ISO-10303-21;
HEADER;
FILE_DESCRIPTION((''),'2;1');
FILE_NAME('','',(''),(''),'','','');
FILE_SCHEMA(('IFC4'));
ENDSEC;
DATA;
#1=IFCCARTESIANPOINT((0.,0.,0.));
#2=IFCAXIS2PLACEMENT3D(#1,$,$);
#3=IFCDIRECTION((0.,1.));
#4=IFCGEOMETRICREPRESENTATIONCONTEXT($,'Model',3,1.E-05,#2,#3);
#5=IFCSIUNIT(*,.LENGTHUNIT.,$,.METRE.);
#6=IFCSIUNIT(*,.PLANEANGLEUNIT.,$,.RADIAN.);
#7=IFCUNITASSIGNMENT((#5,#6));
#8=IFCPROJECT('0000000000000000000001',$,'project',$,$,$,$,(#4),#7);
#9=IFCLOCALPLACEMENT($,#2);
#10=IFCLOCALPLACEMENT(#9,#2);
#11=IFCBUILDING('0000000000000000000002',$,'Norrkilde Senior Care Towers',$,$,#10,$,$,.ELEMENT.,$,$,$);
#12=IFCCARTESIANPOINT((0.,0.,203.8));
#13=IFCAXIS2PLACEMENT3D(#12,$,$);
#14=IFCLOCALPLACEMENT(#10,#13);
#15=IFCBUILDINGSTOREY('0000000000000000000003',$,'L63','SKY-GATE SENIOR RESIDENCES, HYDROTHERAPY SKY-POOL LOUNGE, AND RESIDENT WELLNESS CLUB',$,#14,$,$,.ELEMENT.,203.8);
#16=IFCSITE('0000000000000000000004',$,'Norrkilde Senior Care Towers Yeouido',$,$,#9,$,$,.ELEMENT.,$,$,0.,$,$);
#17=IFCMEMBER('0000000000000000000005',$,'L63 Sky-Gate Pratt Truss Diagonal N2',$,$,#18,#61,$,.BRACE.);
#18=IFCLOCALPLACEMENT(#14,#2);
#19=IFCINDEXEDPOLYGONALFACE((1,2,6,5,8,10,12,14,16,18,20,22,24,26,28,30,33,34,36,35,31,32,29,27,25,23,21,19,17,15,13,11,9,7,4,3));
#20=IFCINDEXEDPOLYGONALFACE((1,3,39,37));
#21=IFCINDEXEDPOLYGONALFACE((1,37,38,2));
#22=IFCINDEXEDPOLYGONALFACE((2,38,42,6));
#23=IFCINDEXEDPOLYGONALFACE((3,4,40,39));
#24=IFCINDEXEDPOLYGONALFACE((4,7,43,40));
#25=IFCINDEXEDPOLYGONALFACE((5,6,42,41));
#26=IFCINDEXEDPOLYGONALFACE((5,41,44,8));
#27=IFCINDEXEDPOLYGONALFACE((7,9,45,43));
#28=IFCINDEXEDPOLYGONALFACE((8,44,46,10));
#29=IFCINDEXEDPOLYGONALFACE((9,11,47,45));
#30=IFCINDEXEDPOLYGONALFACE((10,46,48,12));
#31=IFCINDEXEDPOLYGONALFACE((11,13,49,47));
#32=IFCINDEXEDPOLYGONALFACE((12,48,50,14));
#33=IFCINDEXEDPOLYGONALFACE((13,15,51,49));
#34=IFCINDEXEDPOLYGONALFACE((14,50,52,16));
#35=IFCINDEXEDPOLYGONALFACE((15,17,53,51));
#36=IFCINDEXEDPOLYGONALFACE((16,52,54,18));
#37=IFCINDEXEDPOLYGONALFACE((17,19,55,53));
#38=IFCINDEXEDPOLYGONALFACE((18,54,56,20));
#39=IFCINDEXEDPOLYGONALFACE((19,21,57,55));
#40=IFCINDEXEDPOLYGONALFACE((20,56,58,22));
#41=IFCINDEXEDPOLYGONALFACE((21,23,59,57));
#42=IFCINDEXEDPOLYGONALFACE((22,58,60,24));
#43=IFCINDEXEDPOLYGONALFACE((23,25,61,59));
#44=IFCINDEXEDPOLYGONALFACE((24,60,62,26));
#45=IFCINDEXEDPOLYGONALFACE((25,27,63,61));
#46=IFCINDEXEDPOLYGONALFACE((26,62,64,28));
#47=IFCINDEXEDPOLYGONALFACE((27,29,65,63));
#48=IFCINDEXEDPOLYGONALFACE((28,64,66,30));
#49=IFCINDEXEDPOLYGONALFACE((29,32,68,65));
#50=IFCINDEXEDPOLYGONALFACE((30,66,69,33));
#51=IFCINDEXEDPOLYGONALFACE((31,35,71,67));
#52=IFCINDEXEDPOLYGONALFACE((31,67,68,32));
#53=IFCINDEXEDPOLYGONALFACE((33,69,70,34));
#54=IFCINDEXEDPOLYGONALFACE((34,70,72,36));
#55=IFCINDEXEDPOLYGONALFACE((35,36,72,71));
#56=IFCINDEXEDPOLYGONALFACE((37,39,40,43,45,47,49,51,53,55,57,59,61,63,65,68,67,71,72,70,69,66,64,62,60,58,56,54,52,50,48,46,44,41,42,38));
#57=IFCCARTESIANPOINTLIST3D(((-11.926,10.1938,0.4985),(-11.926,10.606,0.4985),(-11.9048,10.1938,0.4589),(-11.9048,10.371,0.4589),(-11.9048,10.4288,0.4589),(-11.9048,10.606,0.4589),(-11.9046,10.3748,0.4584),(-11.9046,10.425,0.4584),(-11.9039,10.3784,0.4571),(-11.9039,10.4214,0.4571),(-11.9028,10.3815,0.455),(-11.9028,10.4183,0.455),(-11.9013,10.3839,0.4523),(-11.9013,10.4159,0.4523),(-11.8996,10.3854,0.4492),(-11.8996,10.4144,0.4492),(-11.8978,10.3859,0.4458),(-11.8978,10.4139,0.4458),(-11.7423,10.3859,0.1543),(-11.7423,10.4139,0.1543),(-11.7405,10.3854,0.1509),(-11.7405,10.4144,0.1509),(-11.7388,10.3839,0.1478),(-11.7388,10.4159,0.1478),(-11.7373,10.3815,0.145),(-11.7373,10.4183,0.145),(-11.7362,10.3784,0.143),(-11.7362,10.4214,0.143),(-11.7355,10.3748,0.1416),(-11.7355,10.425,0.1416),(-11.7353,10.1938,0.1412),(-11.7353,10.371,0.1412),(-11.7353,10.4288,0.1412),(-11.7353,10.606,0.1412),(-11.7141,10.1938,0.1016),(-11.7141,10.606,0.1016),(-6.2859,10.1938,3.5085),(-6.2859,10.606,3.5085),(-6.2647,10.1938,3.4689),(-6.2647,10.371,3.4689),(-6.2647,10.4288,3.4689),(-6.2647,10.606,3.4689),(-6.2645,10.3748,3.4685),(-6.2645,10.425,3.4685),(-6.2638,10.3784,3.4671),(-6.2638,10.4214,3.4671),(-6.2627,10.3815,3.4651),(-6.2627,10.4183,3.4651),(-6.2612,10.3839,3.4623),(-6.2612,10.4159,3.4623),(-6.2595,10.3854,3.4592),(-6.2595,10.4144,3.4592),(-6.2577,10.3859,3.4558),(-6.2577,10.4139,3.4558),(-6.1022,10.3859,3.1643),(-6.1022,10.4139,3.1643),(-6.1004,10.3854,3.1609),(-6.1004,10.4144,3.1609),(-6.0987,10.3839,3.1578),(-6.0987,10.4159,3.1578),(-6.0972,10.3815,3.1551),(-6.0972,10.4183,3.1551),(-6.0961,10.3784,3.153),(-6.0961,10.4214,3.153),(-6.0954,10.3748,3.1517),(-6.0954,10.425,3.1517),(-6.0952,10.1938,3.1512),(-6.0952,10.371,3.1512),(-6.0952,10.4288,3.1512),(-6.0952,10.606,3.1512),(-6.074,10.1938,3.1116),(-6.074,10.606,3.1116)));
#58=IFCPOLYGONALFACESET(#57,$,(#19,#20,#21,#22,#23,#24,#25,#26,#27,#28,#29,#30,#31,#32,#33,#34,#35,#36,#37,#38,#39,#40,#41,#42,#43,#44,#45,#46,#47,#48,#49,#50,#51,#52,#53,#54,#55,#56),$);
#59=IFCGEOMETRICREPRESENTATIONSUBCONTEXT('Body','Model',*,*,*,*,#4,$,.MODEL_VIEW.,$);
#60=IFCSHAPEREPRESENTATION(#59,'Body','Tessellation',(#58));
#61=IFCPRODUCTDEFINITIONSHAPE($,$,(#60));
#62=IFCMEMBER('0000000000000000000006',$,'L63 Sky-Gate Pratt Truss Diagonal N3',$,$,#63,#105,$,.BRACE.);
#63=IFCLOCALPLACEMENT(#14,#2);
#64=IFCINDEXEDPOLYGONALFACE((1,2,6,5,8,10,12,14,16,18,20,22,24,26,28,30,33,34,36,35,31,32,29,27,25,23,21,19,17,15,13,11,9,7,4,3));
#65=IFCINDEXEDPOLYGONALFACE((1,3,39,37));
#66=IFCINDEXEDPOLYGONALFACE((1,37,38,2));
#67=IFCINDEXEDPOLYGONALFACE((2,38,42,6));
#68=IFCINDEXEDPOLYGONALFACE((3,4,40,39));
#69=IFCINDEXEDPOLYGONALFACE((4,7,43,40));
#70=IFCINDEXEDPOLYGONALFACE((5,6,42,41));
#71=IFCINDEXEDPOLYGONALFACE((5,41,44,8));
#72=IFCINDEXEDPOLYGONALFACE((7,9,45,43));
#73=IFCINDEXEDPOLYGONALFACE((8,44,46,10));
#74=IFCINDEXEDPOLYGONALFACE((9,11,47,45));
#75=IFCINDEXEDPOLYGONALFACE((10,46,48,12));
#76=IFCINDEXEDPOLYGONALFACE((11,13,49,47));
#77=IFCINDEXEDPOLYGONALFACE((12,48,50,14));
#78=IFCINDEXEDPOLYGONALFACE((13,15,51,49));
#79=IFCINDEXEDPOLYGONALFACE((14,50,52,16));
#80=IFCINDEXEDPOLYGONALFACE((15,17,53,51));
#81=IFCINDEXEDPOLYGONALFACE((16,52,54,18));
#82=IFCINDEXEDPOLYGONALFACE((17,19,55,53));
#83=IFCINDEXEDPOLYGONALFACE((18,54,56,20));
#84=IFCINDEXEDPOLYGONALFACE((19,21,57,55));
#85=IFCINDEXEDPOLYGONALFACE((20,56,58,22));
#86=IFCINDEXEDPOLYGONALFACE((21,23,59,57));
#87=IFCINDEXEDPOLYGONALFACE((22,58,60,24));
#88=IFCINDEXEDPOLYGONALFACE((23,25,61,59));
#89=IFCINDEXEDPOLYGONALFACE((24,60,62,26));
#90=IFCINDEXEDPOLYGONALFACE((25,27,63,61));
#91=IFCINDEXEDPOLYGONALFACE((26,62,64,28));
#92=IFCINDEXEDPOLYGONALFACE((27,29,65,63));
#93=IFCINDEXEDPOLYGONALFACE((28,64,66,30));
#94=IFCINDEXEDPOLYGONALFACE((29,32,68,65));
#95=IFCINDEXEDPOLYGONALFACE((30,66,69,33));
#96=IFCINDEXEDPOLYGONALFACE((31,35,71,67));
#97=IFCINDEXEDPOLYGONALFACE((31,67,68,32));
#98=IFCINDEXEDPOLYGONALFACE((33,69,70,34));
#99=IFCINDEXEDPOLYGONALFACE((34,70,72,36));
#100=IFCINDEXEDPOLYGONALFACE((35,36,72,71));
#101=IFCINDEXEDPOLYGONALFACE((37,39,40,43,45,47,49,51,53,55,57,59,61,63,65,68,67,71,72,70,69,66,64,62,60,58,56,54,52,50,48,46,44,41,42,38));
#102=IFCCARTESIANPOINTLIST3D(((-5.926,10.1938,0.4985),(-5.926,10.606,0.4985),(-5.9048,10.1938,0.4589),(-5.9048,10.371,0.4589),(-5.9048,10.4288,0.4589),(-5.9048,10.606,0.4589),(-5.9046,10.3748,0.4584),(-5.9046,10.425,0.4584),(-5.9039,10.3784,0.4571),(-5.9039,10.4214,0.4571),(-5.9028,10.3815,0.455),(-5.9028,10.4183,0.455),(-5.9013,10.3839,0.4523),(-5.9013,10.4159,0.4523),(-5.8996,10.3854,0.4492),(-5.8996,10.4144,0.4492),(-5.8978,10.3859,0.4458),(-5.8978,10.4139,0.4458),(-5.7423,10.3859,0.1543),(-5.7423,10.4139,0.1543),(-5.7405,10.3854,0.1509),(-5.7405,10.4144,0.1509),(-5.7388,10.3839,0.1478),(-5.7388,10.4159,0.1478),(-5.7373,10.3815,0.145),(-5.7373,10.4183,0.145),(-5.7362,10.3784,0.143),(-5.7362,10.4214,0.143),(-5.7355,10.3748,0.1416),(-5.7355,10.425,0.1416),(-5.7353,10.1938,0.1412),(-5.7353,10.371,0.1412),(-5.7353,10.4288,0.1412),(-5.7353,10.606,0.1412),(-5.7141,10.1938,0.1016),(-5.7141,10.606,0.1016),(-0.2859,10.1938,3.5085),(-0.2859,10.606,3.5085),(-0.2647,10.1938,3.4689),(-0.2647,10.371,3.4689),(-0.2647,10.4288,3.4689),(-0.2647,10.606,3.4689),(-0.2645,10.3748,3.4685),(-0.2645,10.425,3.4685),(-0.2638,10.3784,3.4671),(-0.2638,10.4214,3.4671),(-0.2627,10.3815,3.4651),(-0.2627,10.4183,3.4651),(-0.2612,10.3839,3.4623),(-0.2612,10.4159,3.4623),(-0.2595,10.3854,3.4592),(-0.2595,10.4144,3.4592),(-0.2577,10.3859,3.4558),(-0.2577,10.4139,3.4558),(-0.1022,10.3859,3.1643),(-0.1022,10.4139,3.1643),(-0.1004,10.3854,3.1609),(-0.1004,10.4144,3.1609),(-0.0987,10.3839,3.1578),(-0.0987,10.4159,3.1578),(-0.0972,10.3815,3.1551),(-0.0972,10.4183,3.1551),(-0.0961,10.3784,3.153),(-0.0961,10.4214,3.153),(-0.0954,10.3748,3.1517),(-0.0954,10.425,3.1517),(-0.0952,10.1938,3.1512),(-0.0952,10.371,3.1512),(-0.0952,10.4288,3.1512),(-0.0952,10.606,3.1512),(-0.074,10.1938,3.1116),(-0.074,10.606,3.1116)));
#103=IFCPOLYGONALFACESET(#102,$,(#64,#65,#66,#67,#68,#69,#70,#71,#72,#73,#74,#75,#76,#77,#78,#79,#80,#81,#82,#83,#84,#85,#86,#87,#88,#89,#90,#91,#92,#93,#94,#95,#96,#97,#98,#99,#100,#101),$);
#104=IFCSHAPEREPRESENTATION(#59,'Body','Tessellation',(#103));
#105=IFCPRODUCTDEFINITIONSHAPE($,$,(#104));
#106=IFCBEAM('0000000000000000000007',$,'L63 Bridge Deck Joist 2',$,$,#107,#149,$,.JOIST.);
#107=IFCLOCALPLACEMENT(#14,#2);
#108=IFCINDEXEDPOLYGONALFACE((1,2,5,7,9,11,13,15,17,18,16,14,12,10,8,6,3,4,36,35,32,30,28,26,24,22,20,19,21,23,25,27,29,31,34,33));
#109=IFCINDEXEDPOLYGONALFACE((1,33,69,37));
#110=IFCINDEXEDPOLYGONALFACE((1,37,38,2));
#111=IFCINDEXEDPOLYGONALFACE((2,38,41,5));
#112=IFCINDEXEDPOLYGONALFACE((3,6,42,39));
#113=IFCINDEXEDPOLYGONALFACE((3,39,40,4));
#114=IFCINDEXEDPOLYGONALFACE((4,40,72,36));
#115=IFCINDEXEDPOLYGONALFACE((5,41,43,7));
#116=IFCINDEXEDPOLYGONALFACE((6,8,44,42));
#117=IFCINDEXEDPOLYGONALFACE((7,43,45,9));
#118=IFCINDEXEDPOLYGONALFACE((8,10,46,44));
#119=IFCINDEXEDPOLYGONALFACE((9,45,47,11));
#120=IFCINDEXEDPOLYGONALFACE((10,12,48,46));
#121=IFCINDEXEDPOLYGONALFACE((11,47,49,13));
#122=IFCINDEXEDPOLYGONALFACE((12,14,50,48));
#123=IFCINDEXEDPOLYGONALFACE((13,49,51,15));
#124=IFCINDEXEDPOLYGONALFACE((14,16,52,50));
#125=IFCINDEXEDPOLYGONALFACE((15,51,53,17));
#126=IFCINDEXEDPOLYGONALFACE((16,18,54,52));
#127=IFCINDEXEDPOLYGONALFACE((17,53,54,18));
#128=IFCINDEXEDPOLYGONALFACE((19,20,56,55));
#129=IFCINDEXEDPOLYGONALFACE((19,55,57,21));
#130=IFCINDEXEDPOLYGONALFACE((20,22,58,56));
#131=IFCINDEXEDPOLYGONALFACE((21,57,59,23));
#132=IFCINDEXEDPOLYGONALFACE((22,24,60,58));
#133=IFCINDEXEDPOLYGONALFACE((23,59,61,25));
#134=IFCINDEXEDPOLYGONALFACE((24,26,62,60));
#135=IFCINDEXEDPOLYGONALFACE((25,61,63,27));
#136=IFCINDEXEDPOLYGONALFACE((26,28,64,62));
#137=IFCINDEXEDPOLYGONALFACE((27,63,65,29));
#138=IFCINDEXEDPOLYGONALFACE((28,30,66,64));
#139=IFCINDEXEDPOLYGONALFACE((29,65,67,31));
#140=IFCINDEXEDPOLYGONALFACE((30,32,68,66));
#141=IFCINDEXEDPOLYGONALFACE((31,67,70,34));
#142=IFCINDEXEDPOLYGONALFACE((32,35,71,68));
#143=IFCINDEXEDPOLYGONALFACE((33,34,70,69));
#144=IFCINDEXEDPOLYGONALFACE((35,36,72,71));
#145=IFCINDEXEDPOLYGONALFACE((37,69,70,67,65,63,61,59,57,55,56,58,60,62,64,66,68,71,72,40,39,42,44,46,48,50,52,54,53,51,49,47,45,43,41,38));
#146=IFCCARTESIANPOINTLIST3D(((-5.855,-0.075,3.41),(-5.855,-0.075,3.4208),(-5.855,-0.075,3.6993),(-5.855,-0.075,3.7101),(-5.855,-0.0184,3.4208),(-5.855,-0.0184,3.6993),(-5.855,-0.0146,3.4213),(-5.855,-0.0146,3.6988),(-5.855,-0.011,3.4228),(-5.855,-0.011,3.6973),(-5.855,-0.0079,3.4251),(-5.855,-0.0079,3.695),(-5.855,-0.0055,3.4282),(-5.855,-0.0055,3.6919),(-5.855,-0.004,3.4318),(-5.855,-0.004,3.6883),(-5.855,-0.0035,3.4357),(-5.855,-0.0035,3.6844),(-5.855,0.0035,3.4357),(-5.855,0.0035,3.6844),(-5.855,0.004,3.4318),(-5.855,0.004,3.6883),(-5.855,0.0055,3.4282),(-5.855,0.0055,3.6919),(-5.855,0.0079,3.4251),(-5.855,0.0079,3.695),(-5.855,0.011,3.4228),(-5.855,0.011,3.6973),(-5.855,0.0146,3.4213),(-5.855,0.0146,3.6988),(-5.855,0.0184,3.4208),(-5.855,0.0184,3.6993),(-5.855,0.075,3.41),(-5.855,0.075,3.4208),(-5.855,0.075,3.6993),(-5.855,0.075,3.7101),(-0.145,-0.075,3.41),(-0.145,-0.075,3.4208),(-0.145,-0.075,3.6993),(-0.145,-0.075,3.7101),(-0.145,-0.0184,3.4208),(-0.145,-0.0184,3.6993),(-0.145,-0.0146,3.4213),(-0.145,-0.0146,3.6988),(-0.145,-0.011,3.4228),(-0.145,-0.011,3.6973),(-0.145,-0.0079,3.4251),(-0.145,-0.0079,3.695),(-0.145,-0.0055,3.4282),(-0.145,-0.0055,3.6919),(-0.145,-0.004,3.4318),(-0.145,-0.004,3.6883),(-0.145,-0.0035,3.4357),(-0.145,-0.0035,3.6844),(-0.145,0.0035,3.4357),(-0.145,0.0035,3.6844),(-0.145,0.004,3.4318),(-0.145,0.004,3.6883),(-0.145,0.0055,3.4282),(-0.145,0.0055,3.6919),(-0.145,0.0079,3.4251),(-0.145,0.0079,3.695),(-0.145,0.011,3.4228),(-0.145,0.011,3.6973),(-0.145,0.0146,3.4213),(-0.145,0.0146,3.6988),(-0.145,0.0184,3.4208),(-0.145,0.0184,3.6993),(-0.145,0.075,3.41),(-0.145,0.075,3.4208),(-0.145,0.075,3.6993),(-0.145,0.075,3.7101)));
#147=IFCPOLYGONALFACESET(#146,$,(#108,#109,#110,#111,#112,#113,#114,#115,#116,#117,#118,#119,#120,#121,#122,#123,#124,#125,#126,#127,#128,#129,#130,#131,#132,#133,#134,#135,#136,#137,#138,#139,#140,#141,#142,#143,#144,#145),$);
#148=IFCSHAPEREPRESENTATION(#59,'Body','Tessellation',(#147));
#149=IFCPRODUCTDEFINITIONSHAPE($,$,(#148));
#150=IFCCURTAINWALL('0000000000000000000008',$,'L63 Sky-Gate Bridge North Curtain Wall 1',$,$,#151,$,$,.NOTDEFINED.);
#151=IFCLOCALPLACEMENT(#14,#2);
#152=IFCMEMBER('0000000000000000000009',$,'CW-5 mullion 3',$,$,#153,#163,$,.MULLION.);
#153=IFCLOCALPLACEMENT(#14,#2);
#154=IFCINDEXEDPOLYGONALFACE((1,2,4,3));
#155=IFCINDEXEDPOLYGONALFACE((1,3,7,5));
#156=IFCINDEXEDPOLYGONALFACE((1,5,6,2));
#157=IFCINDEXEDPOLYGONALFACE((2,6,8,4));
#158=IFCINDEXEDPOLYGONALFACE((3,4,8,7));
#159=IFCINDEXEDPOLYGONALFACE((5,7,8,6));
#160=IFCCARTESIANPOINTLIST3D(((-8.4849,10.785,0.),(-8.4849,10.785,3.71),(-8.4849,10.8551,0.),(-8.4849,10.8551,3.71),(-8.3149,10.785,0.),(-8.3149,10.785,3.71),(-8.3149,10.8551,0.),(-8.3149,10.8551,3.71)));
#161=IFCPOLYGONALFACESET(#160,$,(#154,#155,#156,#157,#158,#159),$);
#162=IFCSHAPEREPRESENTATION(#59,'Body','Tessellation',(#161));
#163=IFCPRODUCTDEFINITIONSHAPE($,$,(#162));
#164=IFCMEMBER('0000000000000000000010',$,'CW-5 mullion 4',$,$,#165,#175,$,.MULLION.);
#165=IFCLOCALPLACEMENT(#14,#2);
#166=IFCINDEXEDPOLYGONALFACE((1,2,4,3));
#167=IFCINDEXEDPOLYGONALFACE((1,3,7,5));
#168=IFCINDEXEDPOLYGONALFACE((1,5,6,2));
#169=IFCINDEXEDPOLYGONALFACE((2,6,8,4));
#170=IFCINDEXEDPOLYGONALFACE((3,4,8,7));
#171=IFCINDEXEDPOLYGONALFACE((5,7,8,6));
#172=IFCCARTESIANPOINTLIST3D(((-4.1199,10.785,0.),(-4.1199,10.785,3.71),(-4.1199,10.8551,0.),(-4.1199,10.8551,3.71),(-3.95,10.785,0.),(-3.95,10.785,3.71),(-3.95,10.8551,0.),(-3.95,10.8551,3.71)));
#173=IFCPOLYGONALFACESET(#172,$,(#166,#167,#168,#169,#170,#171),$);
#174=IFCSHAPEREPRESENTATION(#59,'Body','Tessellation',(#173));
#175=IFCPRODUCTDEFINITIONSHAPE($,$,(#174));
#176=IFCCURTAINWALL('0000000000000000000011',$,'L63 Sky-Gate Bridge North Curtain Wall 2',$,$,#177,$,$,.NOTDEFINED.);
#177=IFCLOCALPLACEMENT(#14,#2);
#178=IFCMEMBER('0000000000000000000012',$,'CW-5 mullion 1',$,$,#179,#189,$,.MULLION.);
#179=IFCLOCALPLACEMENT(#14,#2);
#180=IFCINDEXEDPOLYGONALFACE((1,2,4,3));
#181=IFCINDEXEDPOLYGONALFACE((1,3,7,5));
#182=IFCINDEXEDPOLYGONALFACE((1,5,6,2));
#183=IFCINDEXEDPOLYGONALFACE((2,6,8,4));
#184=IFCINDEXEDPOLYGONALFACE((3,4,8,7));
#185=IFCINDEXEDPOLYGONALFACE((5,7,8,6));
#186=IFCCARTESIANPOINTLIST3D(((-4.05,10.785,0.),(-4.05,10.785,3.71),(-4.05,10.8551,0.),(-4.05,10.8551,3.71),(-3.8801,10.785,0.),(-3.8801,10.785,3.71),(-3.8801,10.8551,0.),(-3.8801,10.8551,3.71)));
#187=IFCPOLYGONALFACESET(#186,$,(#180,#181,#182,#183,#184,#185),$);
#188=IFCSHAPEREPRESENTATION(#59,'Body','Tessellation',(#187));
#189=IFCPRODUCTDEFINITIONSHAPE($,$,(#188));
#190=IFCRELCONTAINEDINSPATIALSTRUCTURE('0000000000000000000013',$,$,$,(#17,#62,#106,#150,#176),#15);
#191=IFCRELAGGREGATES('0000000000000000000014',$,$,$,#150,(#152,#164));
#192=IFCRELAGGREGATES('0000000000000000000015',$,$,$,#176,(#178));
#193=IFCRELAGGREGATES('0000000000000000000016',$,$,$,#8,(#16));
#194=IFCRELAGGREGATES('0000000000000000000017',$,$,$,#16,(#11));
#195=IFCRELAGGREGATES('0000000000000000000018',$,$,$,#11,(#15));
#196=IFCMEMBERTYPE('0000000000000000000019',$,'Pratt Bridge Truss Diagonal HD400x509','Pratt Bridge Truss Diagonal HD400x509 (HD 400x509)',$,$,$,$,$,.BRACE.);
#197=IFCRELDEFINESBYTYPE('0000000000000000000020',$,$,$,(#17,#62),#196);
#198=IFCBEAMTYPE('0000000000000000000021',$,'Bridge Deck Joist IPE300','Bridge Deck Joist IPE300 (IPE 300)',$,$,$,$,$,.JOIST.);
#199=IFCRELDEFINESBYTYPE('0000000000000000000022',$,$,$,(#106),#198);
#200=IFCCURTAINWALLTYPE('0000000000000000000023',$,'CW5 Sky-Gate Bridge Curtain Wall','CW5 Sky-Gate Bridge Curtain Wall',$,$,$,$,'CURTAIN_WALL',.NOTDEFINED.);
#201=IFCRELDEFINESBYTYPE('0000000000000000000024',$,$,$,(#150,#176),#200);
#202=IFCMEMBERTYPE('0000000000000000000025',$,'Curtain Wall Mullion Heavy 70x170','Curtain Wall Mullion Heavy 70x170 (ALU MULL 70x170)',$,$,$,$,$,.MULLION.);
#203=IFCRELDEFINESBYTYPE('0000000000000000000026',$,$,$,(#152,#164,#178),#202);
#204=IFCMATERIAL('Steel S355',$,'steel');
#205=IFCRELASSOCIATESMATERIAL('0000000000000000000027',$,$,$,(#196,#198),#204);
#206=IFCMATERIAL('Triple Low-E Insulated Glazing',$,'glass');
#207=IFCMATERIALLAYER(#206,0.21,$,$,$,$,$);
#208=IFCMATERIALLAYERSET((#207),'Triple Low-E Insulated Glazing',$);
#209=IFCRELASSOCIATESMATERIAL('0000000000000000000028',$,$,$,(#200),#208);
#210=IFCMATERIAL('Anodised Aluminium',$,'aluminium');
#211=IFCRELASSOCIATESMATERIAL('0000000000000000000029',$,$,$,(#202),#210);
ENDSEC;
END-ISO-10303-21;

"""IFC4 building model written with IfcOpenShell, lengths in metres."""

from ifc_helpers import new_model, si_unit, direction, frame, origin, origin_2d, place, context, subcontext, project, spatial, rectangle, i_section, extrude, source, transform, mapped, material, layer, layer_set, material_profile, profile_set, type_object, type_shapes, element, aggregate, save


model = new_model("IFC4")

# Units and contexts
model_context = context("Model", 3, precision=1e-05, world=origin(), true_north=direction((0.0, 1.0)))
body_context = subcontext(model_context, "Body", "Model", "MODEL_VIEW")
ifc_project = project(units=[si_unit("LENGTHUNIT", "METRE"), si_unit("PLANEANGLEUNIT", "RADIAN")], contexts=[model_context])

# Site, building, storey
site_placement = place(None, origin())
site = spatial("IfcSite", under=ifc_project, at=site_placement, Name="Norrkilde Senior Care Towers Yeouido", CompositionType="ELEMENT", RefElevation=0.0)
building_placement = place(site_placement, origin())
building = spatial("IfcBuilding", under=site, at=building_placement, Name="Norrkilde Senior Care Towers", CompositionType="ELEMENT")
storey_placement = place(building_placement, frame((0.0, 0.0, 203.8)))
storey = spatial("IfcBuildingStorey", under=building, at=storey_placement, Name="L63", Description="SKY-GATE SENIOR RESIDENCES, HYDROTHERAPY SKY-POOL LOUNGE, AND RESIDENT WELLNESS CLUB", CompositionType="ELEMENT", Elevation=203.8)

# Shared definitions
ifc_material_1 = material(Name="Steel S355", Category="steel")

# Members
ifc_material_profile_1 = material_profile(ifc_material_1, i_section(OverallWidth=0.4121, OverallDepth=0.45, WebThickness=0.0281, FlangeThickness=0.0449, FilletRadius=0.0149, at=origin_2d()), Name="HD 400x509")
ifc_profile_set_1 = profile_set([ifc_material_profile_1], Name="Steel S355")
member_type_1 = type_object("IfcMemberType", Name="Pratt Bridge Truss Diagonal HD400x509", Description="Pratt Bridge Truss Diagonal HD400x509 (HD 400x509)", PredefinedType="BRACE", material=ifc_profile_set_1)
shared_shape_1 = source(origin(), body_context, "Body", "SweptSolid", [
    extrude(i_section(OverallWidth=0.4121, OverallDepth=0.45, WebThickness=0.0281, FlangeThickness=0.0449, FilletRadius=0.0149, at=origin_2d()), origin(), (0.0, 0.0, 1.0), 6.3931),
])
type_shapes(member_type_1, [shared_shape_1])
for number, where, z_axis, x_axis, name in (
    (1, (-11.8201, 10.3999, 0.3), (0.882227, 0.0, 0.470824), (0.0, 1.0, 0.0), "L63 Sky-Gate Pratt Truss Diagonal N2"),
    (2, (-5.8201, 10.3999, 0.3), (0.882227, 0.0, 0.470824), (0.0, 1.0, 0.0), "L63 Sky-Gate Pratt Truss Diagonal N3"),
):
    element("IfcMember", number, at=place(storey_placement, frame(where, z_axis=z_axis, x_axis=x_axis)), inside=storey, type_object=member_type_1, Name=name, PredefinedType="BRACE", context=body_context, shape_type="MappedRepresentation", body=[
        mapped(shared_shape_1, transform((0.0, 0.0, 0.0), x_axis=(1.0, 0.0, 0.0), y_axis=(0.0, 1.0, 0.0), z_axis=(0.0, 0.0, 1.0), scale=1.0)),
    ])

# Beam
ifc_material_profile_2 = material_profile(ifc_material_1, i_section(OverallWidth=0.1499, OverallDepth=0.3, WebThickness=0.0071, FlangeThickness=0.0107, FilletRadius=0.0149, at=origin_2d()), Name="IPE 300")
ifc_profile_set_2 = profile_set([ifc_material_profile_2], Name="Steel S355")
beam_type_1 = type_object("IfcBeamType", Name="Bridge Deck Joist IPE300", Description="Bridge Deck Joist IPE300 (IPE 300)", PredefinedType="JOIST", material=ifc_profile_set_2)
shared_shape_2 = source(origin(), body_context, "Body", "SweptSolid", [
    extrude(i_section(OverallWidth=0.1499, OverallDepth=0.3, WebThickness=0.0071, FlangeThickness=0.0107, FilletRadius=0.0149, at=origin_2d()), origin(), (0.0, 0.0, 1.0), 5.71),
])
type_shapes(beam_type_1, [shared_shape_2])
beam_placement = place(storey_placement, frame((-5.855, 0.0, 3.5601), z_axis=(1.0, 0.0, 0.0), x_axis=(0.0, 1.0, 0.0)))
element("IfcBeam", 3, at=beam_placement, inside=storey, type_object=beam_type_1, Name="L63 Bridge Deck Joist 2", PredefinedType="JOIST", context=body_context, shape_type="MappedRepresentation", body=[
    mapped(shared_shape_2, transform((0.0, 0.0, 0.0), x_axis=(1.0, 0.0, 0.0), y_axis=(0.0, 1.0, 0.0), z_axis=(0.0, 0.0, 1.0), scale=1.0)),
])

# Curtain walls, members
ifc_material_2 = material(Name="Triple Low-E Insulated Glazing", Category="glass")
ifc_layer_1 = layer(ifc_material_2, 0.21)
ifc_layer_set_1 = layer_set([ifc_layer_1], Name="Triple Low-E Insulated Glazing")
curtain_wall_type = type_object("IfcCurtainWallType", Name="CW5 Sky-Gate Bridge Curtain Wall", Description="CW5 Sky-Gate Bridge Curtain Wall", ElementType="CURTAIN_WALL", PredefinedType="NOTDEFINED", material=ifc_layer_set_1)
curtain_wall_1_placement = place(storey_placement, origin())
curtain_wall_1 = element("IfcCurtainWall", 4, at=curtain_wall_1_placement, inside=storey, type_object=curtain_wall_type, Name="L63 Sky-Gate Bridge North Curtain Wall 1", PredefinedType="NOTDEFINED")
ifc_material_3 = material(Name="Anodised Aluminium", Category="aluminium")
ifc_material_profile_3 = material_profile(ifc_material_3, rectangle(XDim=0.0701, YDim=0.1699, at=origin_2d()), Name="ALU MULL 70x170")
ifc_profile_set_3 = profile_set([ifc_material_profile_3], Name="Anodised Aluminium")
member_type_2 = type_object("IfcMemberType", Name="Curtain Wall Mullion Heavy 70x170", Description="Curtain Wall Mullion Heavy 70x170 (ALU MULL 70x170)", PredefinedType="MULLION", material=ifc_profile_set_3)
shared_shape_3 = source(origin(), body_context, "Body", "SweptSolid", [
    extrude(rectangle(XDim=0.0701, YDim=0.1699, at=origin_2d()), origin(), (0.0, 0.0, 1.0), 3.71),
])
type_shapes(member_type_2, [shared_shape_3])
member_1_placement = place(storey_placement, frame((-8.3999, 10.8201, 0.0), z_axis=(0.0, 0.0, 1.0), x_axis=(0.0, 1.0, 0.0)))
member_1 = element("IfcMember", 5, at=member_1_placement, type_object=member_type_2, Name="CW-5 mullion 3", PredefinedType="MULLION", context=body_context, shape_type="MappedRepresentation", body=[
    mapped(shared_shape_3, transform((0.0, 0.0, 0.0), x_axis=(1.0, 0.0, 0.0), y_axis=(0.0, 1.0, 0.0), z_axis=(0.0, 0.0, 1.0), scale=1.0)),
])
member_2_placement = place(storey_placement, frame((-4.0349, 10.8201, 0.0), z_axis=(0.0, 0.0, 1.0), x_axis=(0.0, 1.0, 0.0)))
member_2 = element("IfcMember", 6, at=member_2_placement, type_object=member_type_2, Name="CW-5 mullion 4", PredefinedType="MULLION", context=body_context, shape_type="MappedRepresentation", body=[
    mapped(shared_shape_3, transform((0.0, 0.0, 0.0), x_axis=(1.0, 0.0, 0.0), y_axis=(0.0, 1.0, 0.0), z_axis=(0.0, 0.0, 1.0), scale=1.0)),
])
curtain_wall_2_placement = place(storey_placement, origin())
curtain_wall_2 = element("IfcCurtainWall", 7, at=curtain_wall_2_placement, inside=storey, type_object=curtain_wall_type, Name="L63 Sky-Gate Bridge North Curtain Wall 2", PredefinedType="NOTDEFINED")
member_3_placement = place(storey_placement, frame((-3.9651, 10.8201, 0.0), z_axis=(0.0, 0.0, 1.0), x_axis=(0.0, 1.0, 0.0)))
member_3 = element("IfcMember", 8, at=member_3_placement, type_object=member_type_2, Name="CW-5 mullion 1", PredefinedType="MULLION", context=body_context, shape_type="MappedRepresentation", body=[
    mapped(shared_shape_3, transform((0.0, 0.0, 0.0), x_axis=(1.0, 0.0, 0.0), y_axis=(0.0, 1.0, 0.0), z_axis=(0.0, 0.0, 1.0), scale=1.0)),
])

aggregate(curtain_wall_1, [member_1, member_2])
aggregate(curtain_wall_2, [member_3])

save(model, "model.ifc")
